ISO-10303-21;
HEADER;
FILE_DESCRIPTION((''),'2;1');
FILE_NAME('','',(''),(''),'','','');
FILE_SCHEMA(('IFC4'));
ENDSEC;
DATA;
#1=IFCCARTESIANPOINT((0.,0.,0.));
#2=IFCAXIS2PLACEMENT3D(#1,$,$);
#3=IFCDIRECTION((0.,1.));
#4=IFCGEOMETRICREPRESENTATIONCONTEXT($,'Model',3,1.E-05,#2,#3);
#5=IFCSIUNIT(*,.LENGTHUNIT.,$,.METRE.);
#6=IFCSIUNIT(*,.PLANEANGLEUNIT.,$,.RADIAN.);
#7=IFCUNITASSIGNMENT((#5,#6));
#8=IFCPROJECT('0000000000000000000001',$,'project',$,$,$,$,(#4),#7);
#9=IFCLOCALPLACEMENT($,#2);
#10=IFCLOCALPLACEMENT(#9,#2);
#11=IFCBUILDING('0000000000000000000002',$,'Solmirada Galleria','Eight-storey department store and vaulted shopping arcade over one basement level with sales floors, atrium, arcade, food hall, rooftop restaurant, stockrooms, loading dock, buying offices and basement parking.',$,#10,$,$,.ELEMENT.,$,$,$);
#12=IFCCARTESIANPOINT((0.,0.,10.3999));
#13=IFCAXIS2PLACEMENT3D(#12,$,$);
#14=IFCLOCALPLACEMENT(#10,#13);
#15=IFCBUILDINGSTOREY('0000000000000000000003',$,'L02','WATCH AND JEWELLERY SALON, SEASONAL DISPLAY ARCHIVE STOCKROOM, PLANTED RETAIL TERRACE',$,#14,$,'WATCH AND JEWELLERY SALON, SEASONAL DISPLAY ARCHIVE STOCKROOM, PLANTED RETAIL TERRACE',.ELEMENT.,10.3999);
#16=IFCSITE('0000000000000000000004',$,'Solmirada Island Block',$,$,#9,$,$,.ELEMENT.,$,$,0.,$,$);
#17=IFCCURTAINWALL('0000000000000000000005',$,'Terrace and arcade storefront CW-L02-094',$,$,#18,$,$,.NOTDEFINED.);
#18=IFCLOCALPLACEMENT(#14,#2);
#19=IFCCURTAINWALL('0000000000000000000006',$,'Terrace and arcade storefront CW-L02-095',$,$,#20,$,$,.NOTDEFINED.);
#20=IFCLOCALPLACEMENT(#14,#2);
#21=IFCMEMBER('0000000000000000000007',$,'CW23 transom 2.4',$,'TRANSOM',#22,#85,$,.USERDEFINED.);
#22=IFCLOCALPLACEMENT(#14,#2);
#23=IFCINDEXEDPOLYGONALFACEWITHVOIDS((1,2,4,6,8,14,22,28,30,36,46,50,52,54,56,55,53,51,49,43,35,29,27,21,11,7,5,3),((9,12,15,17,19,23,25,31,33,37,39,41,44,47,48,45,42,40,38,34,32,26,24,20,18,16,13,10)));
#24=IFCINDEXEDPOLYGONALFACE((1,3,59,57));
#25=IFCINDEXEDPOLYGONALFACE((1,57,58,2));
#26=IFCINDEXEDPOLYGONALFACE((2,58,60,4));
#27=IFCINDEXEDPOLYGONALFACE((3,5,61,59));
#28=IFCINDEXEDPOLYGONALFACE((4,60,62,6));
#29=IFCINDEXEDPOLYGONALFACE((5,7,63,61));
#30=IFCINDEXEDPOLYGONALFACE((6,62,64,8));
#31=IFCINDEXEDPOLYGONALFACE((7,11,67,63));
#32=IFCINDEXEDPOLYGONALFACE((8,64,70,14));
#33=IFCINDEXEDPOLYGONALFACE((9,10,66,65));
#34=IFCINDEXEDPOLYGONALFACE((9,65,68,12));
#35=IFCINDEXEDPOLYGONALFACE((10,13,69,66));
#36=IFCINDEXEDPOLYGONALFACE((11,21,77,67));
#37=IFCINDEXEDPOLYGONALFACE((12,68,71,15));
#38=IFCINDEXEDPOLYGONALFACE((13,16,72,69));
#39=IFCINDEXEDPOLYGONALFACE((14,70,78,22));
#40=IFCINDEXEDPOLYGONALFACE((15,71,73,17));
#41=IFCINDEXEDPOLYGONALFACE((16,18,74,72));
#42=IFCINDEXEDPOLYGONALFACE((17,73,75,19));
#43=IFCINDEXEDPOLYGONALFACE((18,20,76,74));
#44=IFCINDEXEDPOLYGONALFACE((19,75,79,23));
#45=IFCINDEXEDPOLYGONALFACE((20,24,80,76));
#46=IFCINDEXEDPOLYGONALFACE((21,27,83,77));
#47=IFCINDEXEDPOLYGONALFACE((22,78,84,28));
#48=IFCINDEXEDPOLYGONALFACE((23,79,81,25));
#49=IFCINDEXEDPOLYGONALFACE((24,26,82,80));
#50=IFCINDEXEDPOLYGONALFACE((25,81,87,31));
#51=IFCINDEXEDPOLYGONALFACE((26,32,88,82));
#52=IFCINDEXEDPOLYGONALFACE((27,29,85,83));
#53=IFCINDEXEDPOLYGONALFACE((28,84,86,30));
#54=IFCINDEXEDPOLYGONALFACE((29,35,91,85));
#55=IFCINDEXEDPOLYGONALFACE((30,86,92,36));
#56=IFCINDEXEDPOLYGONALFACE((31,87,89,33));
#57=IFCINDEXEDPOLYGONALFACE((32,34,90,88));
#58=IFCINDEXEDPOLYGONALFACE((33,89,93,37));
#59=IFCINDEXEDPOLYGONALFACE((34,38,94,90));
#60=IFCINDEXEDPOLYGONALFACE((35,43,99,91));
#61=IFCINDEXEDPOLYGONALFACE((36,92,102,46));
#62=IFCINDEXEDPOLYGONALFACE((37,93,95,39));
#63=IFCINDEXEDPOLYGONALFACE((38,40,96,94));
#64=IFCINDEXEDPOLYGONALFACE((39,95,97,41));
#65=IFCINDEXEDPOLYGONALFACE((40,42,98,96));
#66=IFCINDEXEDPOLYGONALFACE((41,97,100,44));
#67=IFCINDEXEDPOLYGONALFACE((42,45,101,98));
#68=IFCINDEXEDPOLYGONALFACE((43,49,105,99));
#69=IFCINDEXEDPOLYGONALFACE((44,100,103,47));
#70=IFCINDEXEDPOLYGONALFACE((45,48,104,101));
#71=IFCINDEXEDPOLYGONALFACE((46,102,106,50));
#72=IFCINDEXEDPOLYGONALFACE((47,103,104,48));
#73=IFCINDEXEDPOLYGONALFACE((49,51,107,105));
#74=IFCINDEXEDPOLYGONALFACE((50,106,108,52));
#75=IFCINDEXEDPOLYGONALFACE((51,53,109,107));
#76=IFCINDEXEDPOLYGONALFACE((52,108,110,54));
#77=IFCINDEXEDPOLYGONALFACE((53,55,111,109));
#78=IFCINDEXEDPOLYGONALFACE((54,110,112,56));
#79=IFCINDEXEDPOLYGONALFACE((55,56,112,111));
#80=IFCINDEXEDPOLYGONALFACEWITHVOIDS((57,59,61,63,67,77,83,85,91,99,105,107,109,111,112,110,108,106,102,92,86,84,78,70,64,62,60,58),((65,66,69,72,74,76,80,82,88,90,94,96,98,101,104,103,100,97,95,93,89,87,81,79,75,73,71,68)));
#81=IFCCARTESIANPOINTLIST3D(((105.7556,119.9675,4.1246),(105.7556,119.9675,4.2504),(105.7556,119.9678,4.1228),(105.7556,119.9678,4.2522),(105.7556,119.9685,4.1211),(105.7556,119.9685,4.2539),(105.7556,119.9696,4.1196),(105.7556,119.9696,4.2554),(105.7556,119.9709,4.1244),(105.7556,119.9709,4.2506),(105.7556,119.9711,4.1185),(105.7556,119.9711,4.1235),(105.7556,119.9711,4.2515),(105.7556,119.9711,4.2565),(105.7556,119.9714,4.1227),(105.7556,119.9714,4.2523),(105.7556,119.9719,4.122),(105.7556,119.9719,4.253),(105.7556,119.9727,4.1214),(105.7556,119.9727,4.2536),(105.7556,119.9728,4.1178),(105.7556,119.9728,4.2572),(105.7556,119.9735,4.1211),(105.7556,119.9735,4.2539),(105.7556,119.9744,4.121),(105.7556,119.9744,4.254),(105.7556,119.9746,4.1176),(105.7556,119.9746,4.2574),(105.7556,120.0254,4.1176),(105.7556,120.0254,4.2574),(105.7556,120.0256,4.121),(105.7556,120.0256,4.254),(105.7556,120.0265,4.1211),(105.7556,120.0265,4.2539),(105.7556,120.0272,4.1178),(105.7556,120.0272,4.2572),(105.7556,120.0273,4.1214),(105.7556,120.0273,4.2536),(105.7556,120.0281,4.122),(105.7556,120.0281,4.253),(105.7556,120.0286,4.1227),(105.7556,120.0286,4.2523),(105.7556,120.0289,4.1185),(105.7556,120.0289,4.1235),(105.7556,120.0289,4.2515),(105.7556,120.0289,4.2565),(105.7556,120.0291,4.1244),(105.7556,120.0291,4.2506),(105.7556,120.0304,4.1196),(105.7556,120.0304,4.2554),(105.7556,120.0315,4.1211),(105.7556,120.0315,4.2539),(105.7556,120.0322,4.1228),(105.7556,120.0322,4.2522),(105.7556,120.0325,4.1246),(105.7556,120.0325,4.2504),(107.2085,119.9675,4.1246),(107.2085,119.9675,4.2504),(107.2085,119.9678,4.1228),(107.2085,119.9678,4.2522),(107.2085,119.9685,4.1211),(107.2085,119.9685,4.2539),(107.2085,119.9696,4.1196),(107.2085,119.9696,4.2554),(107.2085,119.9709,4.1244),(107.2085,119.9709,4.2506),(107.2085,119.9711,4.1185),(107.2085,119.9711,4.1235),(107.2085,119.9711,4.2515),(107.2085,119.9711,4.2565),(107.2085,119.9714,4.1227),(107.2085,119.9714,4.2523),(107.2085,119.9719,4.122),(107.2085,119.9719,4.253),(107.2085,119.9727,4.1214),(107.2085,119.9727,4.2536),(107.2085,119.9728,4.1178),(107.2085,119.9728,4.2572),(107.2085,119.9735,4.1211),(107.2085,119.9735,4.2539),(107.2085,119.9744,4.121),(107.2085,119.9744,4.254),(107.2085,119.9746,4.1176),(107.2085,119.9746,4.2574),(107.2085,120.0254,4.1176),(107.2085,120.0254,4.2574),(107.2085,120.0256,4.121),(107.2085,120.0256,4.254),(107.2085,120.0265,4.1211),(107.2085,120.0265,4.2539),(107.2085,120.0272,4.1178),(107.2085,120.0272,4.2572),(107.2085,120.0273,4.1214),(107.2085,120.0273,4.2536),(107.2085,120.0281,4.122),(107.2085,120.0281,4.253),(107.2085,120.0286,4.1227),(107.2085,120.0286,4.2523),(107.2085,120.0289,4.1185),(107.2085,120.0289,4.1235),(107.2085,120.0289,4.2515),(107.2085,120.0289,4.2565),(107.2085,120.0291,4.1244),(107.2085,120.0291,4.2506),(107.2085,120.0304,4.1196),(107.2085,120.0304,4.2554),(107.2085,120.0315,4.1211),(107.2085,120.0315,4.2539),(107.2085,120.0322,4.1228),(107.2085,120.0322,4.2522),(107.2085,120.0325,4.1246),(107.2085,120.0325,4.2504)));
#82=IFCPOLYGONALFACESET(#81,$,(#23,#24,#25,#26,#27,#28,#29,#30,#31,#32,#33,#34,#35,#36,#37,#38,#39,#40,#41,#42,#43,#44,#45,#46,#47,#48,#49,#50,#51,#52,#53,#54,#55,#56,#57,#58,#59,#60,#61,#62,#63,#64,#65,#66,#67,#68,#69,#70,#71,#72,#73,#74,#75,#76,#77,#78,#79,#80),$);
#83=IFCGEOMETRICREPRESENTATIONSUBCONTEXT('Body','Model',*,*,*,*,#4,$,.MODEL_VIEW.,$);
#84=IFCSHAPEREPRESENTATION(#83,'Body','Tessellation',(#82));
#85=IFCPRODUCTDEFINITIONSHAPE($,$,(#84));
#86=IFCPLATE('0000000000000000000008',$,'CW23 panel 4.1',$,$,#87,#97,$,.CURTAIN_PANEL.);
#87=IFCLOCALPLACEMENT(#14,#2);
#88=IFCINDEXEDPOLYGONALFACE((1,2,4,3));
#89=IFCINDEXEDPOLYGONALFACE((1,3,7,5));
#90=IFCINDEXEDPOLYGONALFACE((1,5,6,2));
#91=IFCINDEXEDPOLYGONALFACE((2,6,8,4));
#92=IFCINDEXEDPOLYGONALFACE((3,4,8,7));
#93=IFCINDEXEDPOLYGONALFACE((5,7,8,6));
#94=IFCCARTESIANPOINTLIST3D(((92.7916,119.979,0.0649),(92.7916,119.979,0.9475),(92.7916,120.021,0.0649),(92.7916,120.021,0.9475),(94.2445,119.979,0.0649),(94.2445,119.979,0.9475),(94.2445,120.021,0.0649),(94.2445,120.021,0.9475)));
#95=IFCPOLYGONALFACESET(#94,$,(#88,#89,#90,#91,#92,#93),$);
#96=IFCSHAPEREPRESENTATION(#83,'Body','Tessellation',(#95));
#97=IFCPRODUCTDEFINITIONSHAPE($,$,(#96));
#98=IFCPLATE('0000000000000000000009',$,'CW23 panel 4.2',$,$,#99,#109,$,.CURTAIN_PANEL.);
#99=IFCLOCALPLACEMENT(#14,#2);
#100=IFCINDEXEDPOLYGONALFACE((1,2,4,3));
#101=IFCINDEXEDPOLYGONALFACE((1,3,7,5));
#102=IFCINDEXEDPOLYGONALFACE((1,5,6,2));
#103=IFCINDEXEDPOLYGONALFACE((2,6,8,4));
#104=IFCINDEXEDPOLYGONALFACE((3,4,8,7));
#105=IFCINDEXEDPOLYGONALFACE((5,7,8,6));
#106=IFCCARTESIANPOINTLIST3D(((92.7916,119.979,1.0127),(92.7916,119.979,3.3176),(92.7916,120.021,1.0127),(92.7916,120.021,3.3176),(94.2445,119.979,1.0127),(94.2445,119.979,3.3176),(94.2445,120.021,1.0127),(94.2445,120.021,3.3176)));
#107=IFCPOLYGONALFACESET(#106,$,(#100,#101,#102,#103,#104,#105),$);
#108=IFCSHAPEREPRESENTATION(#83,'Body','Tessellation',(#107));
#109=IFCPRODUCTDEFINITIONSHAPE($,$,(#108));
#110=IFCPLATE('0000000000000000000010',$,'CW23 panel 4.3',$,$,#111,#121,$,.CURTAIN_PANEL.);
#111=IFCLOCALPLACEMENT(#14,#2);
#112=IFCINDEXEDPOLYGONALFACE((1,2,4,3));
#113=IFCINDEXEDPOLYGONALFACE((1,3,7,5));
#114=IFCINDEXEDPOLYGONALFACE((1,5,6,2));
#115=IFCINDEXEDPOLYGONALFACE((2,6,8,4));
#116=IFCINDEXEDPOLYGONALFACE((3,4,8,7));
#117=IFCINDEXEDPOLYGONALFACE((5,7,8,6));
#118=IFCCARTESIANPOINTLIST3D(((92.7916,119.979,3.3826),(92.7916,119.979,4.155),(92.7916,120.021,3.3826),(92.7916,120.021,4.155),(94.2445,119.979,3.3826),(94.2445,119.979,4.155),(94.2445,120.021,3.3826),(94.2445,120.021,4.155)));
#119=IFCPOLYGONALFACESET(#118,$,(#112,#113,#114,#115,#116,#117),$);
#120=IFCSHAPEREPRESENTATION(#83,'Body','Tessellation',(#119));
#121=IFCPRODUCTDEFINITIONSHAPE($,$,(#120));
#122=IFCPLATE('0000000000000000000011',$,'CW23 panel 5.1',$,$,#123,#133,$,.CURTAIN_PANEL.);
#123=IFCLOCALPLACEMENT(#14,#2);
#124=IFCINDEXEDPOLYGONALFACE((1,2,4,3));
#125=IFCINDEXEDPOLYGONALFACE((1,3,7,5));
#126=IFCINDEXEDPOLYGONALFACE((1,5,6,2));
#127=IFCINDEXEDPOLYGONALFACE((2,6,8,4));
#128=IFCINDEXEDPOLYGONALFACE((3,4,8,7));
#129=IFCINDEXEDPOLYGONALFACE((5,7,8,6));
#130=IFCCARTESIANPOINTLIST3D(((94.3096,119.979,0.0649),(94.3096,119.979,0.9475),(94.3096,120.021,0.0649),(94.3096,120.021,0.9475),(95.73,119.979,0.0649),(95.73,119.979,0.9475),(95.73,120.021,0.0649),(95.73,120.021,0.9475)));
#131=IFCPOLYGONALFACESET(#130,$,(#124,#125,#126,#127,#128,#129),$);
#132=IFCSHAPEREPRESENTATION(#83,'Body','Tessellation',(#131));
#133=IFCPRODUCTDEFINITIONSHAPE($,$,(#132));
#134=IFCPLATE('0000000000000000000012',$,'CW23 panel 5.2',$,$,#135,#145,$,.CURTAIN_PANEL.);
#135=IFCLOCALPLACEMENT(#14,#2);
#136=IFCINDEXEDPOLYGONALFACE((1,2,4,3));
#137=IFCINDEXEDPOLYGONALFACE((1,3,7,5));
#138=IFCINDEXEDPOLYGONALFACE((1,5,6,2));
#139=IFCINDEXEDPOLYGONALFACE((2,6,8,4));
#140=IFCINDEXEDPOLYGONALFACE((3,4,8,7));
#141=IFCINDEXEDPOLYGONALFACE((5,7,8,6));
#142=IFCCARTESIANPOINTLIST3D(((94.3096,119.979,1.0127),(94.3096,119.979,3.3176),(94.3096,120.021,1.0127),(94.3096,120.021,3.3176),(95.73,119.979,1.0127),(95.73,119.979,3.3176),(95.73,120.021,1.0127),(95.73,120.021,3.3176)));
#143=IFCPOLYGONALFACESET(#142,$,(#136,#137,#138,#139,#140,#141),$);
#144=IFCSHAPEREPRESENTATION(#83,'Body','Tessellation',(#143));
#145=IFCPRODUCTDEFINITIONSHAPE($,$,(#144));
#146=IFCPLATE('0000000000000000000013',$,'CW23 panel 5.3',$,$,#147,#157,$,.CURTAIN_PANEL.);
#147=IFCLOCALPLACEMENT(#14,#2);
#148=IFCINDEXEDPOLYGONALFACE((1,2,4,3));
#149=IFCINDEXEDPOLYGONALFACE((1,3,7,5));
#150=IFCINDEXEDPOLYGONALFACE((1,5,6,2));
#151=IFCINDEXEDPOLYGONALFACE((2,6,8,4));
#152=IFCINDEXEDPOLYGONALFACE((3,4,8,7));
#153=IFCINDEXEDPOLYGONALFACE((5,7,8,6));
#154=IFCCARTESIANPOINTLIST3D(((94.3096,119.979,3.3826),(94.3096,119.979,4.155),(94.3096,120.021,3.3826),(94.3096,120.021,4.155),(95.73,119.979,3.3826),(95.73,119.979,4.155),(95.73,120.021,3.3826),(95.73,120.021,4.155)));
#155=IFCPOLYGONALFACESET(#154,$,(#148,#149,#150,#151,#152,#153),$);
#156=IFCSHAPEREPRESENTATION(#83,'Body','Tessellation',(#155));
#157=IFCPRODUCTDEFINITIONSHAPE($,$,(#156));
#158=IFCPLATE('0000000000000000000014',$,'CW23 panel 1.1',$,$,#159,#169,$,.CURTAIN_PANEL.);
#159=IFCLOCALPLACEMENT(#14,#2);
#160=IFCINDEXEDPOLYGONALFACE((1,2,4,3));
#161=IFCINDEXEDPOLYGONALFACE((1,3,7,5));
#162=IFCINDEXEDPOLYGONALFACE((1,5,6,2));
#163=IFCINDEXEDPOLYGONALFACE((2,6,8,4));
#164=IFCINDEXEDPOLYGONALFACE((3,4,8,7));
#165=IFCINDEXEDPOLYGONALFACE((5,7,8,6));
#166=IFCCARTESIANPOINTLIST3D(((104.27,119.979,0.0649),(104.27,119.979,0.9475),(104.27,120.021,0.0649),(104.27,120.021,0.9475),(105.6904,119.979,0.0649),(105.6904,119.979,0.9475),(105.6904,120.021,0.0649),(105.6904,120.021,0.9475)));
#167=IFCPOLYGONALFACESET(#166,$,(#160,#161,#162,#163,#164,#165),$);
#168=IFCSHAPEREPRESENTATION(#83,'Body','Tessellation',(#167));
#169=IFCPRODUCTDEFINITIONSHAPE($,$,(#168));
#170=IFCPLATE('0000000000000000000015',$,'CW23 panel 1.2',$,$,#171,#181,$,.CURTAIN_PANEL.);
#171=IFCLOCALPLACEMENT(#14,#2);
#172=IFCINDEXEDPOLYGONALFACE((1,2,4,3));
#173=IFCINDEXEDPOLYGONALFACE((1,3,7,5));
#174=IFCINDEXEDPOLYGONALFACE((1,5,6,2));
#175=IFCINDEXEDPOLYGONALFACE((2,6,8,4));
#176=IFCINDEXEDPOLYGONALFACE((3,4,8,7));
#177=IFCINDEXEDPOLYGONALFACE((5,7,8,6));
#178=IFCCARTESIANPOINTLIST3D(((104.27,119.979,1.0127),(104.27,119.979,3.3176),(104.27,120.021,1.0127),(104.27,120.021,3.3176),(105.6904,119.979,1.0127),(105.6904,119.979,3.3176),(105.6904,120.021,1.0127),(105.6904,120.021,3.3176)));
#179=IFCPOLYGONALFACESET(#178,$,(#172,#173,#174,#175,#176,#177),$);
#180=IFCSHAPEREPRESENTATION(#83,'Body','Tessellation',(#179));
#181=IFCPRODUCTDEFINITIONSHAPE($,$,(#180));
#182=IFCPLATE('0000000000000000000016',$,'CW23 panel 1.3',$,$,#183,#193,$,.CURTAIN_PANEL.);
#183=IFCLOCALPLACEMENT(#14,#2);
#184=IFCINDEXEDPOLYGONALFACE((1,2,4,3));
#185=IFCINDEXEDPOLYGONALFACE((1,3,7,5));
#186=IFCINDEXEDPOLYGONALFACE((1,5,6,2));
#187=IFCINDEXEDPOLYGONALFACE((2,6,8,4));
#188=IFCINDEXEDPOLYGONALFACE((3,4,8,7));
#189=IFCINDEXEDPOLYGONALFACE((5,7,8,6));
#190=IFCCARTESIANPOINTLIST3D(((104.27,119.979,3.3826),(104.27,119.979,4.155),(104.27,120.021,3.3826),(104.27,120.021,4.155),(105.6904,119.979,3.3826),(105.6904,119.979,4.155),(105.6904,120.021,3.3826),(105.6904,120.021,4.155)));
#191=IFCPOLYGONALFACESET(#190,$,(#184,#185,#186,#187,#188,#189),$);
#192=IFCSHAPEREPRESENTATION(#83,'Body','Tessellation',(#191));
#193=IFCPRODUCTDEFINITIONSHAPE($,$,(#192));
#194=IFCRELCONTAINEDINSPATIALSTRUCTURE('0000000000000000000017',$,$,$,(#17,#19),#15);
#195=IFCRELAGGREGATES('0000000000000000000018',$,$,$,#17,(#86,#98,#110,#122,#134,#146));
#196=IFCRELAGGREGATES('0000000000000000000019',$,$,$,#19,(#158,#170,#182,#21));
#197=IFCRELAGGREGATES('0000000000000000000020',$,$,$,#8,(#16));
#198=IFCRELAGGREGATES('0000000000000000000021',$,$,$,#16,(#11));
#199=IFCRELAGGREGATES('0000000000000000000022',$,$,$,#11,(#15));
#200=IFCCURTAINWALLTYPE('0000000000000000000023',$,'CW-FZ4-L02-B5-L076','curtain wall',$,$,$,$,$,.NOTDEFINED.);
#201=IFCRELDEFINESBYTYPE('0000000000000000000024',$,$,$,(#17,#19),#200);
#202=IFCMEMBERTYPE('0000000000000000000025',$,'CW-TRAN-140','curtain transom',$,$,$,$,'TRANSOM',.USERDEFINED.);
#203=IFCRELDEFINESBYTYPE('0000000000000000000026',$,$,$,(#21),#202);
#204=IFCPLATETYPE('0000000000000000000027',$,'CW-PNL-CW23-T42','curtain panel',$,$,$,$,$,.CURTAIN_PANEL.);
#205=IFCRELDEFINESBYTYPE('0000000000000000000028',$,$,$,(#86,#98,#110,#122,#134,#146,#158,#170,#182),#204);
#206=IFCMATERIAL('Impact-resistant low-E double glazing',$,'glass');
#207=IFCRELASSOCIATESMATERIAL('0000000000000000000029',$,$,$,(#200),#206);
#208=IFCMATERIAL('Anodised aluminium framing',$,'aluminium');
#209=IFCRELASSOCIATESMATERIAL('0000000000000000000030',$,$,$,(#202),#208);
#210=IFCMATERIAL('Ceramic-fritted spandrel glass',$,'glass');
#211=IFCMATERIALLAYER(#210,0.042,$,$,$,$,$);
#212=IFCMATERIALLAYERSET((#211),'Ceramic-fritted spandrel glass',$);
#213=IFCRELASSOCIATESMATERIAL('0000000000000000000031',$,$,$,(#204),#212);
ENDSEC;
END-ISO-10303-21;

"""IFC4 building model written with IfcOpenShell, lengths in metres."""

from ifc_helpers import new_model, si_unit, direction, frame, origin, origin_2d, place, context, subcontext, project, spatial, rectangle, hollow_rectangle, extrude, material, layer, layer_set, material_profile, profile_set, type_object, element, aggregate, save


model = new_model("IFC4")

# Units and contexts
model_context = context("Model", 3, precision=1e-05, world=origin(), true_north=direction((0.0, 1.0)))
body_context = subcontext(model_context, "Body", "Model", "MODEL_VIEW")
ifc_project = project(units=[si_unit("LENGTHUNIT", "METRE"), si_unit("PLANEANGLEUNIT", "RADIAN")], contexts=[model_context])

# Site, building, storey
site_placement = place(None, origin())
site = spatial("IfcSite", under=ifc_project, at=site_placement, Name="Solmirada Island Block", CompositionType="ELEMENT", RefElevation=0.0)
building_placement = place(site_placement, origin())
building = spatial("IfcBuilding", under=site, at=building_placement, Name="Solmirada Galleria", Description="Eight-storey department store and vaulted shopping arcade over one basement level with sales floors, atrium, arcade, food hall, rooftop restaurant, stockrooms, loading dock, buying offices and basement parking.", CompositionType="ELEMENT")
storey_placement = place(building_placement, frame((0.0, 0.0, 10.3999)))
storey = spatial("IfcBuildingStorey", under=building, at=storey_placement, Name="L02", Description="WATCH AND JEWELLERY SALON, SEASONAL DISPLAY ARCHIVE STOCKROOM, PLANTED RETAIL TERRACE", LongName="WATCH AND JEWELLERY SALON, SEASONAL DISPLAY ARCHIVE STOCKROOM, PLANTED RETAIL TERRACE", CompositionType="ELEMENT", Elevation=10.3999)

# Curtain walls
ifc_material_1 = material(Name="Impact-resistant low-E double glazing", Category="glass")
curtain_wall_type = type_object("IfcCurtainWallType", Name="CW-FZ4-L02-B5-L076", Description="curtain wall", PredefinedType="NOTDEFINED", material=ifc_material_1)
curtain_wall_1_placement = place(storey_placement, origin())
curtain_wall_1 = element("IfcCurtainWall", 1, at=curtain_wall_1_placement, inside=storey, type_object=curtain_wall_type, Name="Terrace and arcade storefront CW-L02-094", PredefinedType="NOTDEFINED")
ifc_material_2 = material(Name="Anodised aluminium framing", Category="aluminium")
curtain_wall_2_placement = place(storey_placement, origin())
curtain_wall_2 = element("IfcCurtainWall", 2, at=curtain_wall_2_placement, inside=storey, type_object=curtain_wall_type, Name="Terrace and arcade storefront CW-L02-095", PredefinedType="NOTDEFINED")

# Member
ifc_material_profile_1 = material_profile(ifc_material_2, hollow_rectangle(XDim=0.0649, YDim=0.1399, WallThickness=0.0034, InnerFilletRadius=0.0034, OuterFilletRadius=0.0071, at=origin_2d()), Name="ALU-TRAN-140X65")
ifc_profile_set_1 = profile_set([ifc_material_profile_1], Name="Anodised aluminium framing")
member_type_1 = type_object("IfcMemberType", Name="CW-TRAN-140", Description="curtain transom", ElementType="TRANSOM", PredefinedType="USERDEFINED", material=ifc_profile_set_1)
member_1_placement = place(storey_placement, frame((105.7556, 120.0, 4.1875), z_axis=(1.0, 0.0, 0.0), x_axis=(0.0, 1.0, 0.0)))
member_1 = element("IfcMember", 3, at=member_1_placement, type_object=member_type_1, Name="CW23 transom 2.4", ObjectType="TRANSOM", PredefinedType="USERDEFINED", context=body_context, shape_type="SweptSolid", body=[
    extrude(hollow_rectangle(XDim=0.0649, YDim=0.1399, WallThickness=0.0034, InnerFilletRadius=0.0034, OuterFilletRadius=0.0071, at=origin_2d()), origin(), (0.0, 0.0, 1.0), 1.4529),
])

# Plates
ifc_material_3 = material(Name="Ceramic-fritted spandrel glass", Category="glass")
ifc_layer_1 = layer(ifc_material_3, 0.042)
ifc_layer_set_1 = layer_set([ifc_layer_1], Name="Ceramic-fritted spandrel glass")
plate_type = type_object("IfcPlateType", Name="CW-PNL-CW23-T42", Description="curtain panel", PredefinedType="CURTAIN_PANEL", material=ifc_layer_set_1)
plate_1_placement = place(storey_placement, frame((93.5181, 120.0, 0.0649), z_axis=(0.0, 0.0, 1.0), x_axis=(1.0, 0.0, 0.0)))
plate_1 = element("IfcPlate", 4, at=plate_1_placement, type_object=plate_type, Name="CW23 panel 4.1", PredefinedType="CURTAIN_PANEL", context=body_context, shape_type="SweptSolid", body=[
    extrude(rectangle(XDim=1.4529, YDim=0.042, at=origin_2d()), origin(), (0.0, 0.0, 1.0), 0.8826),
])
plate_2_placement = place(storey_placement, frame((93.5181, 120.0, 1.0127), z_axis=(0.0, 0.0, 1.0), x_axis=(1.0, 0.0, 0.0)))
plate_2 = element("IfcPlate", 5, at=plate_2_placement, type_object=plate_type, Name="CW23 panel 4.2", PredefinedType="CURTAIN_PANEL", context=body_context, shape_type="SweptSolid", body=[
    extrude(rectangle(XDim=1.4529, YDim=0.042, at=origin_2d()), origin(), (0.0, 0.0, 1.0), 2.3049),
])
plate_3_placement = place(storey_placement, frame((93.5181, 120.0, 3.3826), z_axis=(0.0, 0.0, 1.0), x_axis=(1.0, 0.0, 0.0)))
plate_3 = element("IfcPlate", 6, at=plate_3_placement, type_object=plate_type, Name="CW23 panel 4.3", PredefinedType="CURTAIN_PANEL", context=body_context, shape_type="SweptSolid", body=[
    extrude(rectangle(XDim=1.4529, YDim=0.042, at=origin_2d()), origin(), (0.0, 0.0, 1.0), 0.7725),
])
plate_4_placement = place(storey_placement, frame((95.0198, 120.0, 0.0649), z_axis=(0.0, 0.0, 1.0), x_axis=(1.0, 0.0, 0.0)))
plate_4 = element("IfcPlate", 7, at=plate_4_placement, type_object=plate_type, Name="CW23 panel 5.1", PredefinedType="CURTAIN_PANEL", context=body_context, shape_type="SweptSolid", body=[
    extrude(rectangle(XDim=1.4204, YDim=0.042, at=origin_2d()), origin(), (0.0, 0.0, 1.0), 0.8826),
])
plate_5_placement = place(storey_placement, frame((95.0198, 120.0, 1.0127), z_axis=(0.0, 0.0, 1.0), x_axis=(1.0, 0.0, 0.0)))
plate_5 = element("IfcPlate", 8, at=plate_5_placement, type_object=plate_type, Name="CW23 panel 5.2", PredefinedType="CURTAIN_PANEL", context=body_context, shape_type="SweptSolid", body=[
    extrude(rectangle(XDim=1.4204, YDim=0.042, at=origin_2d()), origin(), (0.0, 0.0, 1.0), 2.3049),
])
plate_6_placement = place(storey_placement, frame((95.0198, 120.0, 3.3826), z_axis=(0.0, 0.0, 1.0), x_axis=(1.0, 0.0, 0.0)))
plate_6 = element("IfcPlate", 9, at=plate_6_placement, type_object=plate_type, Name="CW23 panel 5.3", PredefinedType="CURTAIN_PANEL", context=body_context, shape_type="SweptSolid", body=[
    extrude(rectangle(XDim=1.4204, YDim=0.042, at=origin_2d()), origin(), (0.0, 0.0, 1.0), 0.7725),
])
aggregate(curtain_wall_1, [plate_1, plate_2, plate_3, plate_4, plate_5, plate_6])
plate_7_placement = place(storey_placement, frame((104.9802, 120.0, 0.0649), z_axis=(0.0, 0.0, 1.0), x_axis=(1.0, 0.0, 0.0)))
plate_7 = element("IfcPlate", 10, at=plate_7_placement, type_object=plate_type, Name="CW23 panel 1.1", PredefinedType="CURTAIN_PANEL", context=body_context, shape_type="SweptSolid", body=[
    extrude(rectangle(XDim=1.4204, YDim=0.042, at=origin_2d()), origin(), (0.0, 0.0, 1.0), 0.8826),
])
plate_8_placement = place(storey_placement, frame((104.9802, 120.0, 1.0127), z_axis=(0.0, 0.0, 1.0), x_axis=(1.0, 0.0, 0.0)))
plate_8 = element("IfcPlate", 11, at=plate_8_placement, type_object=plate_type, Name="CW23 panel 1.2", PredefinedType="CURTAIN_PANEL", context=body_context, shape_type="SweptSolid", body=[
    extrude(rectangle(XDim=1.4204, YDim=0.042, at=origin_2d()), origin(), (0.0, 0.0, 1.0), 2.3049),
])
plate_9_placement = place(storey_placement, frame((104.9802, 120.0, 3.3826), z_axis=(0.0, 0.0, 1.0), x_axis=(1.0, 0.0, 0.0)))
plate_9 = element("IfcPlate", 12, at=plate_9_placement, type_object=plate_type, Name="CW23 panel 1.3", PredefinedType="CURTAIN_PANEL", context=body_context, shape_type="SweptSolid", body=[
    extrude(rectangle(XDim=1.4204, YDim=0.042, at=origin_2d()), origin(), (0.0, 0.0, 1.0), 0.7725),
])
aggregate(curtain_wall_2, [plate_7, plate_8, plate_9, member_1])

save(model, "model.ifc")
